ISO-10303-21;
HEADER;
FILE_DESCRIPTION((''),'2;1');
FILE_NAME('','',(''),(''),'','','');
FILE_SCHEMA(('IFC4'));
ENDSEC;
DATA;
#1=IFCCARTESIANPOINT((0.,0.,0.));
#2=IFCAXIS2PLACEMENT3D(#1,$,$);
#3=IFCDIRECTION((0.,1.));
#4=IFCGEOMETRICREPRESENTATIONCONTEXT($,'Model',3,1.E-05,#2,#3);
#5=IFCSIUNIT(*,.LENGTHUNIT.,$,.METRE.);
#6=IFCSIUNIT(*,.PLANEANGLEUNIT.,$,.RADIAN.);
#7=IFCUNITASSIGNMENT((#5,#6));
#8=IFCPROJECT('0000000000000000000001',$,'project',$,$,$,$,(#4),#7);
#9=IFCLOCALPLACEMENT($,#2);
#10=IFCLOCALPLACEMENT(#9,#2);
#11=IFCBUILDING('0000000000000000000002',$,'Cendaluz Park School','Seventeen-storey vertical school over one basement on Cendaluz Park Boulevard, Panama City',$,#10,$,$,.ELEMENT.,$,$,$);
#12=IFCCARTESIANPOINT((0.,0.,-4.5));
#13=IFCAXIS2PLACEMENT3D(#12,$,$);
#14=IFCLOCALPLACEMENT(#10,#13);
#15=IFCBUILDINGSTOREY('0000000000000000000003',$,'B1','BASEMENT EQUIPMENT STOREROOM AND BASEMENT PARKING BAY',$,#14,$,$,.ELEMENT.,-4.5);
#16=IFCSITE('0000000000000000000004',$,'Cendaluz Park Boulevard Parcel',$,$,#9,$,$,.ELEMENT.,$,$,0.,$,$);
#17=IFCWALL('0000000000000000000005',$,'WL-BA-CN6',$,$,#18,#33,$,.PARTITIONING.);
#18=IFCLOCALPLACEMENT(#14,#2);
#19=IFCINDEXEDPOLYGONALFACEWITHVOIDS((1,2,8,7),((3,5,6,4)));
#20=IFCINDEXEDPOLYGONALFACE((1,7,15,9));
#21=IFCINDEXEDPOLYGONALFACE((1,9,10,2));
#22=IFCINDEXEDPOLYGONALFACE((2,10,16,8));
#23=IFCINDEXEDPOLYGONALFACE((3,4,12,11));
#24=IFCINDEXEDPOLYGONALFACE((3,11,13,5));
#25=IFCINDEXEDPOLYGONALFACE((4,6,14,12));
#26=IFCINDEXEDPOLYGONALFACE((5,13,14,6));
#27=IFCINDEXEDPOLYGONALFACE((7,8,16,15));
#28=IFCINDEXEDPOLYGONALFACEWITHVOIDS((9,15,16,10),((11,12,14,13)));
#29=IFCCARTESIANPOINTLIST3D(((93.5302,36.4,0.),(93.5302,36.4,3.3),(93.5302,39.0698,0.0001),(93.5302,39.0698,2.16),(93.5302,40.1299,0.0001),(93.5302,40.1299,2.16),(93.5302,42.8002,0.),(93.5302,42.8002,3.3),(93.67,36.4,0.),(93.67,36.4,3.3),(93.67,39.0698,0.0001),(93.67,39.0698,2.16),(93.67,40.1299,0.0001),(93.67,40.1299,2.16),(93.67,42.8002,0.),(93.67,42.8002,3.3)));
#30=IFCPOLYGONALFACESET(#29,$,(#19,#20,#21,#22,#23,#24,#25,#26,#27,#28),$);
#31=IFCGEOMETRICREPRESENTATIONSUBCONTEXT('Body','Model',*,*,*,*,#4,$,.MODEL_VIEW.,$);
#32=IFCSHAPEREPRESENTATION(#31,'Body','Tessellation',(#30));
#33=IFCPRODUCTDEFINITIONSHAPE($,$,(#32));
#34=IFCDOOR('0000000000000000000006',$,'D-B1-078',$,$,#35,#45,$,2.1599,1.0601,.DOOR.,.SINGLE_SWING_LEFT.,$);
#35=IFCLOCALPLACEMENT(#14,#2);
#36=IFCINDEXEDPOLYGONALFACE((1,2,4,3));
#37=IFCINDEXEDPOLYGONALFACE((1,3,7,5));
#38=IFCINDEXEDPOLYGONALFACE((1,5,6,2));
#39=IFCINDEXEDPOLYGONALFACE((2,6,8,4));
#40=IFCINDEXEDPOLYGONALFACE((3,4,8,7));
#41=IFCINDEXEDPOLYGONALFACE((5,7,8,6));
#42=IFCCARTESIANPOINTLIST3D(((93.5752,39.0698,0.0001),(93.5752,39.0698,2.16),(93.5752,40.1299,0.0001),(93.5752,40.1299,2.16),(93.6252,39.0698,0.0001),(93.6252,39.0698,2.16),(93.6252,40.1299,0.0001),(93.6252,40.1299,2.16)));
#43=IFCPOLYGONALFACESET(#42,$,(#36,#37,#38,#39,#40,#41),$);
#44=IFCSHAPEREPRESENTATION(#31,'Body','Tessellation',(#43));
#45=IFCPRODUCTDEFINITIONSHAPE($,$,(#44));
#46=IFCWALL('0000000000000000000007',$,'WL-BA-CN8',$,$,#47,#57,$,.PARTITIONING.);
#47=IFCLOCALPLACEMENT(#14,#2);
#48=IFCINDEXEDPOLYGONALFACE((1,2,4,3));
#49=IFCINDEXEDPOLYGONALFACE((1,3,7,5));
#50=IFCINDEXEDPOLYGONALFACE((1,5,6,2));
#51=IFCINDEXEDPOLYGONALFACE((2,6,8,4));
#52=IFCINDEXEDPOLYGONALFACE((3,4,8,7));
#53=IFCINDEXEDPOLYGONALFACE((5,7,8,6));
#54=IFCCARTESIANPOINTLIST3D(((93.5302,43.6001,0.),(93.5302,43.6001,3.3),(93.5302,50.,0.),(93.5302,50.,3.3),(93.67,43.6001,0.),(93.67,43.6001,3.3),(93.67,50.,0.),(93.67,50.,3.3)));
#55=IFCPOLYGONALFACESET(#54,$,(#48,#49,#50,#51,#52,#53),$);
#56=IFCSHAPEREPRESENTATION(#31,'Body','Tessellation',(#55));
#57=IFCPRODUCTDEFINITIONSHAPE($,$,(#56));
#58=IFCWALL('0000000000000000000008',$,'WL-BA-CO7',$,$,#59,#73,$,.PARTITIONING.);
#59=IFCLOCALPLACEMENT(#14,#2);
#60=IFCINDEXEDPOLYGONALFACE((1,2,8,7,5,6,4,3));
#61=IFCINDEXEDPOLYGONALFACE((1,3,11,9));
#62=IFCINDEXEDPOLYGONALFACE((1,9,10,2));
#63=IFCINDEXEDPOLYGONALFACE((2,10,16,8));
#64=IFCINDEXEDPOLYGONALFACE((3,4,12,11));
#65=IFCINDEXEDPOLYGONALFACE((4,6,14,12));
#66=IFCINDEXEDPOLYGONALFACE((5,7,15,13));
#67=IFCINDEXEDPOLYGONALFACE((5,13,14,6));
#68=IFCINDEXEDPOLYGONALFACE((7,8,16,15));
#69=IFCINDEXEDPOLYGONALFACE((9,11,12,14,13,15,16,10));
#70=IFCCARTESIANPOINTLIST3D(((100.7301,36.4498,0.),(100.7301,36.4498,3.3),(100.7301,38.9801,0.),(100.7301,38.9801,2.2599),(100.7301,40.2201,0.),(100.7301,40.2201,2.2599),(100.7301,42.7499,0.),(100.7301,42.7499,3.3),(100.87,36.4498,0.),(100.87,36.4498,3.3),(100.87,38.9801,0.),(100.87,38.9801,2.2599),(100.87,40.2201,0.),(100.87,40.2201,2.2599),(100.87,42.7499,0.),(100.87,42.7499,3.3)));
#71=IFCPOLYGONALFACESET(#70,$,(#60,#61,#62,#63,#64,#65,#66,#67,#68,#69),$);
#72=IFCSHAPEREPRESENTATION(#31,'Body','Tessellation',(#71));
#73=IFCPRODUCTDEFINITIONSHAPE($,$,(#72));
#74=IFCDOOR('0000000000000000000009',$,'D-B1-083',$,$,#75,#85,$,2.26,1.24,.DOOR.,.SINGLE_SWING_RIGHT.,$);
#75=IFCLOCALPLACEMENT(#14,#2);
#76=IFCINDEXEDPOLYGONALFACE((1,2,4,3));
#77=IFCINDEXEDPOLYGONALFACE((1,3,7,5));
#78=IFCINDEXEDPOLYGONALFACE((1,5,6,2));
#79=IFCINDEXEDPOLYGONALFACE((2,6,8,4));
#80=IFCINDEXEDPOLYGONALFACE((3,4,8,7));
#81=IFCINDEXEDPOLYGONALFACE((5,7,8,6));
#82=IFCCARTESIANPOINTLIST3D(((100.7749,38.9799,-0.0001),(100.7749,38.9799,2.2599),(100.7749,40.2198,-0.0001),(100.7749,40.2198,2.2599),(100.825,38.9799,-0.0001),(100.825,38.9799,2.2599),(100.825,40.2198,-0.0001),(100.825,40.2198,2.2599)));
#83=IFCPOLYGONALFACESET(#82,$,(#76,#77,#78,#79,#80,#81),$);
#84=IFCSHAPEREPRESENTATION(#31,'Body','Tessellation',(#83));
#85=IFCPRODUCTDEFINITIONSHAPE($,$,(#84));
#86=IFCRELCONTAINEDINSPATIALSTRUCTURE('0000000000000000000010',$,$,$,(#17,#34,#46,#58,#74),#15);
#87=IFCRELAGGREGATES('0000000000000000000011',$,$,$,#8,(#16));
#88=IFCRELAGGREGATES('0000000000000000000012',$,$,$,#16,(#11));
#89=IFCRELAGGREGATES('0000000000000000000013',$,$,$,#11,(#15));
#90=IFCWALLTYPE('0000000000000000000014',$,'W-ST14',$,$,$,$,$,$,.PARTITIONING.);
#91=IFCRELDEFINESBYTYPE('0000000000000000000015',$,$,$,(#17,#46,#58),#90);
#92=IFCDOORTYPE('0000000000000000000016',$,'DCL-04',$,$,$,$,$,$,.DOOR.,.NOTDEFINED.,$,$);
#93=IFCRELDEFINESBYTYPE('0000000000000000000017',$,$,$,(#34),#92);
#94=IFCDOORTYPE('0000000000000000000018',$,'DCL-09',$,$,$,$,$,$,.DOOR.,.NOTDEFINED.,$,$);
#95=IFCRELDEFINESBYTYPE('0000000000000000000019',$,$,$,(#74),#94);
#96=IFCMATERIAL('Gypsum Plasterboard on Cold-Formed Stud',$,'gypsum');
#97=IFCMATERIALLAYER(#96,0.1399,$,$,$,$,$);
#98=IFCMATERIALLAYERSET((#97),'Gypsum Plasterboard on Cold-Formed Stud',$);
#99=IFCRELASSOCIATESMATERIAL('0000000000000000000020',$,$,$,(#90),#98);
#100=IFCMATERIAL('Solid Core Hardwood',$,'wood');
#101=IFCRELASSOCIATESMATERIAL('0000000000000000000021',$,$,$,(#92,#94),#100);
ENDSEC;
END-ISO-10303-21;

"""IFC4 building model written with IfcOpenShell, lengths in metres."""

from ifc_helpers import new_model, si_unit, direction, frame, frame_2d, origin, place, context, subcontext, project, spatial, rectangle, extrude, material, layer, layer_set, type_object, element, fill, save


model = new_model("IFC4")

# Units and contexts
model_context = context("Model", 3, precision=1e-05, world=origin(), true_north=direction((0.0, 1.0)))
body_context = subcontext(model_context, "Body", "Model", "MODEL_VIEW")
ifc_project = project(units=[si_unit("LENGTHUNIT", "METRE"), si_unit("PLANEANGLEUNIT", "RADIAN")], contexts=[model_context])

# Site, building, storey
site_placement = place(None, origin())
site = spatial("IfcSite", under=ifc_project, at=site_placement, Name="Cendaluz Park Boulevard Parcel", CompositionType="ELEMENT", RefElevation=0.0)
building_placement = place(site_placement, origin())
building = spatial("IfcBuilding", under=site, at=building_placement, Name="Cendaluz Park School", Description="Seventeen-storey vertical school over one basement on Cendaluz Park Boulevard, Panama City", CompositionType="ELEMENT")
storey_placement = place(building_placement, frame((0.0, 0.0, -4.5)))
storey = spatial("IfcBuildingStorey", under=building, at=storey_placement, Name="B1", Description="BASEMENT EQUIPMENT STOREROOM AND BASEMENT PARKING BAY", CompositionType="ELEMENT", Elevation=-4.5)

# Shared definitions
ifc_material_1 = material(Name="Gypsum Plasterboard on Cold-Formed Stud", Category="gypsum")
ifc_layer = layer(ifc_material_1, 0.1399)
ifc_layer_set = layer_set([ifc_layer], Name="Gypsum Plasterboard on Cold-Formed Stud")
wall_type = type_object("IfcWallType", Name="W-ST14", PredefinedType="PARTITIONING", material=ifc_layer_set)

# Wall, opening, door
wall_1_placement = place(storey_placement, frame((93.6001, 36.3999, 0.0), z_axis=(0.0, 0.0, 1.0), x_axis=(0.0, 1.0, 0.0)))
wall_1 = element("IfcWall", 1, at=wall_1_placement, inside=storey, type_object=wall_type, Name="WL-BA-CN6", PredefinedType="PARTITIONING", context=body_context, shape_type="SweptSolid", body=[
    extrude(rectangle(XDim=6.4001, YDim=0.1399, at=frame_2d((3.2002, 0.0))), origin(), (0.0, 0.0, 1.0), 3.3),
])
opening_1_placement = place(wall_1_placement, frame((2.6699, 0.0, 0.0)))
opening_1 = element("IfcOpeningElement", 2, at=opening_1_placement, cuts=wall_1, PredefinedType="OPENING", context=body_context, shape_type="SweptSolid", body=[
    extrude(rectangle(XDim=1.0601, YDim=2.1599, at=frame_2d((0.53, 1.0801))), frame((0.0, 0.082, 0.0), z_axis=(0.0, -1.0, 0.0), x_axis=(1.0, 0.0, 0.0)), (0.0, 0.0, 1.0), 0.1638),
])
ifc_material_2 = material(Name="Solid Core Hardwood", Category="wood")
door_type_1 = type_object("IfcDoorType", Name="DCL-04", OperationType="NOTDEFINED", PredefinedType="DOOR", material=ifc_material_2)
door_1_placement = place(opening_1_placement, origin())
door_1 = element("IfcDoor", 3, at=door_1_placement, inside=storey, type_object=door_type_1, Name="D-B1-078", OperationType="SINGLE_SWING_LEFT", OverallHeight=2.1599, OverallWidth=1.0601, PredefinedType="DOOR", context=body_context, shape_type="SweptSolid", body=[
    extrude(rectangle(XDim=1.0601, YDim=2.1599, at=frame_2d((0.53, 1.0801))), frame((0.0, 0.0249, 0.0), z_axis=(0.0, -1.0, 0.0), x_axis=(1.0, 0.0, 0.0)), (0.0, 0.0, 1.0), 0.05),
])
fill(opening_1, door_1)

# Wall
wall_2_placement = place(storey_placement, frame((93.6001, 43.6001, 0.0), z_axis=(0.0, 0.0, 1.0), x_axis=(0.0, 1.0, 0.0)))
element("IfcWall", 4, at=wall_2_placement, inside=storey, type_object=wall_type, Name="WL-BA-CN8", PredefinedType="PARTITIONING", context=body_context, shape_type="SweptSolid", body=[
    extrude(rectangle(XDim=6.3999, YDim=0.1399, at=frame_2d((3.2, 0.0))), origin(), (0.0, 0.0, 1.0), 3.3),
])

# Wall, opening, door
wall_3_placement = place(storey_placement, frame((100.8, 36.45, 0.0), z_axis=(0.0, 0.0, 1.0), x_axis=(0.0, 1.0, 0.0)))
wall_3 = element("IfcWall", 5, at=wall_3_placement, inside=storey, type_object=wall_type, Name="WL-BA-CO7", PredefinedType="PARTITIONING", context=body_context, shape_type="SweptSolid", body=[
    extrude(rectangle(XDim=6.3, YDim=0.1399, at=frame_2d((3.1499, 0.0))), origin(), (0.0, 0.0, 1.0), 3.3),
])
opening_2_placement = place(wall_3_placement, frame((2.53, 0.0, 0.0)))
opening_2 = element("IfcOpeningElement", 6, at=opening_2_placement, cuts=wall_3, PredefinedType="OPENING", context=body_context, shape_type="SweptSolid", body=[
    extrude(rectangle(XDim=1.24, YDim=2.26, at=frame_2d((0.6201, 1.1299))), frame((0.0, 0.082, 0.0), z_axis=(0.0, -1.0, 0.0), x_axis=(1.0, 0.0, 0.0)), (0.0, 0.0, 1.0), 0.1638),
])
door_type_2 = type_object("IfcDoorType", Name="DCL-09", OperationType="NOTDEFINED", PredefinedType="DOOR", material=ifc_material_2)
door_2_placement = place(opening_2_placement, frame((1.24, 0.0, 0.0), z_axis=(0.0, 0.0, 1.0), x_axis=(-1.0, 0.0, 0.0)))
door_2 = element("IfcDoor", 7, at=door_2_placement, inside=storey, type_object=door_type_2, Name="D-B1-083", OperationType="SINGLE_SWING_RIGHT", OverallHeight=2.26, OverallWidth=1.24, PredefinedType="DOOR", context=body_context, shape_type="SweptSolid", body=[
    extrude(rectangle(XDim=1.24, YDim=2.26, at=frame_2d((0.6201, 1.1299))), frame((0.0, 0.0249, 0.0), z_axis=(0.0, -1.0, 0.0), x_axis=(1.0, 0.0, 0.0)), (0.0, 0.0, 1.0), 0.05),
])
fill(opening_2, door_2)

save(model, "model.ifc")
